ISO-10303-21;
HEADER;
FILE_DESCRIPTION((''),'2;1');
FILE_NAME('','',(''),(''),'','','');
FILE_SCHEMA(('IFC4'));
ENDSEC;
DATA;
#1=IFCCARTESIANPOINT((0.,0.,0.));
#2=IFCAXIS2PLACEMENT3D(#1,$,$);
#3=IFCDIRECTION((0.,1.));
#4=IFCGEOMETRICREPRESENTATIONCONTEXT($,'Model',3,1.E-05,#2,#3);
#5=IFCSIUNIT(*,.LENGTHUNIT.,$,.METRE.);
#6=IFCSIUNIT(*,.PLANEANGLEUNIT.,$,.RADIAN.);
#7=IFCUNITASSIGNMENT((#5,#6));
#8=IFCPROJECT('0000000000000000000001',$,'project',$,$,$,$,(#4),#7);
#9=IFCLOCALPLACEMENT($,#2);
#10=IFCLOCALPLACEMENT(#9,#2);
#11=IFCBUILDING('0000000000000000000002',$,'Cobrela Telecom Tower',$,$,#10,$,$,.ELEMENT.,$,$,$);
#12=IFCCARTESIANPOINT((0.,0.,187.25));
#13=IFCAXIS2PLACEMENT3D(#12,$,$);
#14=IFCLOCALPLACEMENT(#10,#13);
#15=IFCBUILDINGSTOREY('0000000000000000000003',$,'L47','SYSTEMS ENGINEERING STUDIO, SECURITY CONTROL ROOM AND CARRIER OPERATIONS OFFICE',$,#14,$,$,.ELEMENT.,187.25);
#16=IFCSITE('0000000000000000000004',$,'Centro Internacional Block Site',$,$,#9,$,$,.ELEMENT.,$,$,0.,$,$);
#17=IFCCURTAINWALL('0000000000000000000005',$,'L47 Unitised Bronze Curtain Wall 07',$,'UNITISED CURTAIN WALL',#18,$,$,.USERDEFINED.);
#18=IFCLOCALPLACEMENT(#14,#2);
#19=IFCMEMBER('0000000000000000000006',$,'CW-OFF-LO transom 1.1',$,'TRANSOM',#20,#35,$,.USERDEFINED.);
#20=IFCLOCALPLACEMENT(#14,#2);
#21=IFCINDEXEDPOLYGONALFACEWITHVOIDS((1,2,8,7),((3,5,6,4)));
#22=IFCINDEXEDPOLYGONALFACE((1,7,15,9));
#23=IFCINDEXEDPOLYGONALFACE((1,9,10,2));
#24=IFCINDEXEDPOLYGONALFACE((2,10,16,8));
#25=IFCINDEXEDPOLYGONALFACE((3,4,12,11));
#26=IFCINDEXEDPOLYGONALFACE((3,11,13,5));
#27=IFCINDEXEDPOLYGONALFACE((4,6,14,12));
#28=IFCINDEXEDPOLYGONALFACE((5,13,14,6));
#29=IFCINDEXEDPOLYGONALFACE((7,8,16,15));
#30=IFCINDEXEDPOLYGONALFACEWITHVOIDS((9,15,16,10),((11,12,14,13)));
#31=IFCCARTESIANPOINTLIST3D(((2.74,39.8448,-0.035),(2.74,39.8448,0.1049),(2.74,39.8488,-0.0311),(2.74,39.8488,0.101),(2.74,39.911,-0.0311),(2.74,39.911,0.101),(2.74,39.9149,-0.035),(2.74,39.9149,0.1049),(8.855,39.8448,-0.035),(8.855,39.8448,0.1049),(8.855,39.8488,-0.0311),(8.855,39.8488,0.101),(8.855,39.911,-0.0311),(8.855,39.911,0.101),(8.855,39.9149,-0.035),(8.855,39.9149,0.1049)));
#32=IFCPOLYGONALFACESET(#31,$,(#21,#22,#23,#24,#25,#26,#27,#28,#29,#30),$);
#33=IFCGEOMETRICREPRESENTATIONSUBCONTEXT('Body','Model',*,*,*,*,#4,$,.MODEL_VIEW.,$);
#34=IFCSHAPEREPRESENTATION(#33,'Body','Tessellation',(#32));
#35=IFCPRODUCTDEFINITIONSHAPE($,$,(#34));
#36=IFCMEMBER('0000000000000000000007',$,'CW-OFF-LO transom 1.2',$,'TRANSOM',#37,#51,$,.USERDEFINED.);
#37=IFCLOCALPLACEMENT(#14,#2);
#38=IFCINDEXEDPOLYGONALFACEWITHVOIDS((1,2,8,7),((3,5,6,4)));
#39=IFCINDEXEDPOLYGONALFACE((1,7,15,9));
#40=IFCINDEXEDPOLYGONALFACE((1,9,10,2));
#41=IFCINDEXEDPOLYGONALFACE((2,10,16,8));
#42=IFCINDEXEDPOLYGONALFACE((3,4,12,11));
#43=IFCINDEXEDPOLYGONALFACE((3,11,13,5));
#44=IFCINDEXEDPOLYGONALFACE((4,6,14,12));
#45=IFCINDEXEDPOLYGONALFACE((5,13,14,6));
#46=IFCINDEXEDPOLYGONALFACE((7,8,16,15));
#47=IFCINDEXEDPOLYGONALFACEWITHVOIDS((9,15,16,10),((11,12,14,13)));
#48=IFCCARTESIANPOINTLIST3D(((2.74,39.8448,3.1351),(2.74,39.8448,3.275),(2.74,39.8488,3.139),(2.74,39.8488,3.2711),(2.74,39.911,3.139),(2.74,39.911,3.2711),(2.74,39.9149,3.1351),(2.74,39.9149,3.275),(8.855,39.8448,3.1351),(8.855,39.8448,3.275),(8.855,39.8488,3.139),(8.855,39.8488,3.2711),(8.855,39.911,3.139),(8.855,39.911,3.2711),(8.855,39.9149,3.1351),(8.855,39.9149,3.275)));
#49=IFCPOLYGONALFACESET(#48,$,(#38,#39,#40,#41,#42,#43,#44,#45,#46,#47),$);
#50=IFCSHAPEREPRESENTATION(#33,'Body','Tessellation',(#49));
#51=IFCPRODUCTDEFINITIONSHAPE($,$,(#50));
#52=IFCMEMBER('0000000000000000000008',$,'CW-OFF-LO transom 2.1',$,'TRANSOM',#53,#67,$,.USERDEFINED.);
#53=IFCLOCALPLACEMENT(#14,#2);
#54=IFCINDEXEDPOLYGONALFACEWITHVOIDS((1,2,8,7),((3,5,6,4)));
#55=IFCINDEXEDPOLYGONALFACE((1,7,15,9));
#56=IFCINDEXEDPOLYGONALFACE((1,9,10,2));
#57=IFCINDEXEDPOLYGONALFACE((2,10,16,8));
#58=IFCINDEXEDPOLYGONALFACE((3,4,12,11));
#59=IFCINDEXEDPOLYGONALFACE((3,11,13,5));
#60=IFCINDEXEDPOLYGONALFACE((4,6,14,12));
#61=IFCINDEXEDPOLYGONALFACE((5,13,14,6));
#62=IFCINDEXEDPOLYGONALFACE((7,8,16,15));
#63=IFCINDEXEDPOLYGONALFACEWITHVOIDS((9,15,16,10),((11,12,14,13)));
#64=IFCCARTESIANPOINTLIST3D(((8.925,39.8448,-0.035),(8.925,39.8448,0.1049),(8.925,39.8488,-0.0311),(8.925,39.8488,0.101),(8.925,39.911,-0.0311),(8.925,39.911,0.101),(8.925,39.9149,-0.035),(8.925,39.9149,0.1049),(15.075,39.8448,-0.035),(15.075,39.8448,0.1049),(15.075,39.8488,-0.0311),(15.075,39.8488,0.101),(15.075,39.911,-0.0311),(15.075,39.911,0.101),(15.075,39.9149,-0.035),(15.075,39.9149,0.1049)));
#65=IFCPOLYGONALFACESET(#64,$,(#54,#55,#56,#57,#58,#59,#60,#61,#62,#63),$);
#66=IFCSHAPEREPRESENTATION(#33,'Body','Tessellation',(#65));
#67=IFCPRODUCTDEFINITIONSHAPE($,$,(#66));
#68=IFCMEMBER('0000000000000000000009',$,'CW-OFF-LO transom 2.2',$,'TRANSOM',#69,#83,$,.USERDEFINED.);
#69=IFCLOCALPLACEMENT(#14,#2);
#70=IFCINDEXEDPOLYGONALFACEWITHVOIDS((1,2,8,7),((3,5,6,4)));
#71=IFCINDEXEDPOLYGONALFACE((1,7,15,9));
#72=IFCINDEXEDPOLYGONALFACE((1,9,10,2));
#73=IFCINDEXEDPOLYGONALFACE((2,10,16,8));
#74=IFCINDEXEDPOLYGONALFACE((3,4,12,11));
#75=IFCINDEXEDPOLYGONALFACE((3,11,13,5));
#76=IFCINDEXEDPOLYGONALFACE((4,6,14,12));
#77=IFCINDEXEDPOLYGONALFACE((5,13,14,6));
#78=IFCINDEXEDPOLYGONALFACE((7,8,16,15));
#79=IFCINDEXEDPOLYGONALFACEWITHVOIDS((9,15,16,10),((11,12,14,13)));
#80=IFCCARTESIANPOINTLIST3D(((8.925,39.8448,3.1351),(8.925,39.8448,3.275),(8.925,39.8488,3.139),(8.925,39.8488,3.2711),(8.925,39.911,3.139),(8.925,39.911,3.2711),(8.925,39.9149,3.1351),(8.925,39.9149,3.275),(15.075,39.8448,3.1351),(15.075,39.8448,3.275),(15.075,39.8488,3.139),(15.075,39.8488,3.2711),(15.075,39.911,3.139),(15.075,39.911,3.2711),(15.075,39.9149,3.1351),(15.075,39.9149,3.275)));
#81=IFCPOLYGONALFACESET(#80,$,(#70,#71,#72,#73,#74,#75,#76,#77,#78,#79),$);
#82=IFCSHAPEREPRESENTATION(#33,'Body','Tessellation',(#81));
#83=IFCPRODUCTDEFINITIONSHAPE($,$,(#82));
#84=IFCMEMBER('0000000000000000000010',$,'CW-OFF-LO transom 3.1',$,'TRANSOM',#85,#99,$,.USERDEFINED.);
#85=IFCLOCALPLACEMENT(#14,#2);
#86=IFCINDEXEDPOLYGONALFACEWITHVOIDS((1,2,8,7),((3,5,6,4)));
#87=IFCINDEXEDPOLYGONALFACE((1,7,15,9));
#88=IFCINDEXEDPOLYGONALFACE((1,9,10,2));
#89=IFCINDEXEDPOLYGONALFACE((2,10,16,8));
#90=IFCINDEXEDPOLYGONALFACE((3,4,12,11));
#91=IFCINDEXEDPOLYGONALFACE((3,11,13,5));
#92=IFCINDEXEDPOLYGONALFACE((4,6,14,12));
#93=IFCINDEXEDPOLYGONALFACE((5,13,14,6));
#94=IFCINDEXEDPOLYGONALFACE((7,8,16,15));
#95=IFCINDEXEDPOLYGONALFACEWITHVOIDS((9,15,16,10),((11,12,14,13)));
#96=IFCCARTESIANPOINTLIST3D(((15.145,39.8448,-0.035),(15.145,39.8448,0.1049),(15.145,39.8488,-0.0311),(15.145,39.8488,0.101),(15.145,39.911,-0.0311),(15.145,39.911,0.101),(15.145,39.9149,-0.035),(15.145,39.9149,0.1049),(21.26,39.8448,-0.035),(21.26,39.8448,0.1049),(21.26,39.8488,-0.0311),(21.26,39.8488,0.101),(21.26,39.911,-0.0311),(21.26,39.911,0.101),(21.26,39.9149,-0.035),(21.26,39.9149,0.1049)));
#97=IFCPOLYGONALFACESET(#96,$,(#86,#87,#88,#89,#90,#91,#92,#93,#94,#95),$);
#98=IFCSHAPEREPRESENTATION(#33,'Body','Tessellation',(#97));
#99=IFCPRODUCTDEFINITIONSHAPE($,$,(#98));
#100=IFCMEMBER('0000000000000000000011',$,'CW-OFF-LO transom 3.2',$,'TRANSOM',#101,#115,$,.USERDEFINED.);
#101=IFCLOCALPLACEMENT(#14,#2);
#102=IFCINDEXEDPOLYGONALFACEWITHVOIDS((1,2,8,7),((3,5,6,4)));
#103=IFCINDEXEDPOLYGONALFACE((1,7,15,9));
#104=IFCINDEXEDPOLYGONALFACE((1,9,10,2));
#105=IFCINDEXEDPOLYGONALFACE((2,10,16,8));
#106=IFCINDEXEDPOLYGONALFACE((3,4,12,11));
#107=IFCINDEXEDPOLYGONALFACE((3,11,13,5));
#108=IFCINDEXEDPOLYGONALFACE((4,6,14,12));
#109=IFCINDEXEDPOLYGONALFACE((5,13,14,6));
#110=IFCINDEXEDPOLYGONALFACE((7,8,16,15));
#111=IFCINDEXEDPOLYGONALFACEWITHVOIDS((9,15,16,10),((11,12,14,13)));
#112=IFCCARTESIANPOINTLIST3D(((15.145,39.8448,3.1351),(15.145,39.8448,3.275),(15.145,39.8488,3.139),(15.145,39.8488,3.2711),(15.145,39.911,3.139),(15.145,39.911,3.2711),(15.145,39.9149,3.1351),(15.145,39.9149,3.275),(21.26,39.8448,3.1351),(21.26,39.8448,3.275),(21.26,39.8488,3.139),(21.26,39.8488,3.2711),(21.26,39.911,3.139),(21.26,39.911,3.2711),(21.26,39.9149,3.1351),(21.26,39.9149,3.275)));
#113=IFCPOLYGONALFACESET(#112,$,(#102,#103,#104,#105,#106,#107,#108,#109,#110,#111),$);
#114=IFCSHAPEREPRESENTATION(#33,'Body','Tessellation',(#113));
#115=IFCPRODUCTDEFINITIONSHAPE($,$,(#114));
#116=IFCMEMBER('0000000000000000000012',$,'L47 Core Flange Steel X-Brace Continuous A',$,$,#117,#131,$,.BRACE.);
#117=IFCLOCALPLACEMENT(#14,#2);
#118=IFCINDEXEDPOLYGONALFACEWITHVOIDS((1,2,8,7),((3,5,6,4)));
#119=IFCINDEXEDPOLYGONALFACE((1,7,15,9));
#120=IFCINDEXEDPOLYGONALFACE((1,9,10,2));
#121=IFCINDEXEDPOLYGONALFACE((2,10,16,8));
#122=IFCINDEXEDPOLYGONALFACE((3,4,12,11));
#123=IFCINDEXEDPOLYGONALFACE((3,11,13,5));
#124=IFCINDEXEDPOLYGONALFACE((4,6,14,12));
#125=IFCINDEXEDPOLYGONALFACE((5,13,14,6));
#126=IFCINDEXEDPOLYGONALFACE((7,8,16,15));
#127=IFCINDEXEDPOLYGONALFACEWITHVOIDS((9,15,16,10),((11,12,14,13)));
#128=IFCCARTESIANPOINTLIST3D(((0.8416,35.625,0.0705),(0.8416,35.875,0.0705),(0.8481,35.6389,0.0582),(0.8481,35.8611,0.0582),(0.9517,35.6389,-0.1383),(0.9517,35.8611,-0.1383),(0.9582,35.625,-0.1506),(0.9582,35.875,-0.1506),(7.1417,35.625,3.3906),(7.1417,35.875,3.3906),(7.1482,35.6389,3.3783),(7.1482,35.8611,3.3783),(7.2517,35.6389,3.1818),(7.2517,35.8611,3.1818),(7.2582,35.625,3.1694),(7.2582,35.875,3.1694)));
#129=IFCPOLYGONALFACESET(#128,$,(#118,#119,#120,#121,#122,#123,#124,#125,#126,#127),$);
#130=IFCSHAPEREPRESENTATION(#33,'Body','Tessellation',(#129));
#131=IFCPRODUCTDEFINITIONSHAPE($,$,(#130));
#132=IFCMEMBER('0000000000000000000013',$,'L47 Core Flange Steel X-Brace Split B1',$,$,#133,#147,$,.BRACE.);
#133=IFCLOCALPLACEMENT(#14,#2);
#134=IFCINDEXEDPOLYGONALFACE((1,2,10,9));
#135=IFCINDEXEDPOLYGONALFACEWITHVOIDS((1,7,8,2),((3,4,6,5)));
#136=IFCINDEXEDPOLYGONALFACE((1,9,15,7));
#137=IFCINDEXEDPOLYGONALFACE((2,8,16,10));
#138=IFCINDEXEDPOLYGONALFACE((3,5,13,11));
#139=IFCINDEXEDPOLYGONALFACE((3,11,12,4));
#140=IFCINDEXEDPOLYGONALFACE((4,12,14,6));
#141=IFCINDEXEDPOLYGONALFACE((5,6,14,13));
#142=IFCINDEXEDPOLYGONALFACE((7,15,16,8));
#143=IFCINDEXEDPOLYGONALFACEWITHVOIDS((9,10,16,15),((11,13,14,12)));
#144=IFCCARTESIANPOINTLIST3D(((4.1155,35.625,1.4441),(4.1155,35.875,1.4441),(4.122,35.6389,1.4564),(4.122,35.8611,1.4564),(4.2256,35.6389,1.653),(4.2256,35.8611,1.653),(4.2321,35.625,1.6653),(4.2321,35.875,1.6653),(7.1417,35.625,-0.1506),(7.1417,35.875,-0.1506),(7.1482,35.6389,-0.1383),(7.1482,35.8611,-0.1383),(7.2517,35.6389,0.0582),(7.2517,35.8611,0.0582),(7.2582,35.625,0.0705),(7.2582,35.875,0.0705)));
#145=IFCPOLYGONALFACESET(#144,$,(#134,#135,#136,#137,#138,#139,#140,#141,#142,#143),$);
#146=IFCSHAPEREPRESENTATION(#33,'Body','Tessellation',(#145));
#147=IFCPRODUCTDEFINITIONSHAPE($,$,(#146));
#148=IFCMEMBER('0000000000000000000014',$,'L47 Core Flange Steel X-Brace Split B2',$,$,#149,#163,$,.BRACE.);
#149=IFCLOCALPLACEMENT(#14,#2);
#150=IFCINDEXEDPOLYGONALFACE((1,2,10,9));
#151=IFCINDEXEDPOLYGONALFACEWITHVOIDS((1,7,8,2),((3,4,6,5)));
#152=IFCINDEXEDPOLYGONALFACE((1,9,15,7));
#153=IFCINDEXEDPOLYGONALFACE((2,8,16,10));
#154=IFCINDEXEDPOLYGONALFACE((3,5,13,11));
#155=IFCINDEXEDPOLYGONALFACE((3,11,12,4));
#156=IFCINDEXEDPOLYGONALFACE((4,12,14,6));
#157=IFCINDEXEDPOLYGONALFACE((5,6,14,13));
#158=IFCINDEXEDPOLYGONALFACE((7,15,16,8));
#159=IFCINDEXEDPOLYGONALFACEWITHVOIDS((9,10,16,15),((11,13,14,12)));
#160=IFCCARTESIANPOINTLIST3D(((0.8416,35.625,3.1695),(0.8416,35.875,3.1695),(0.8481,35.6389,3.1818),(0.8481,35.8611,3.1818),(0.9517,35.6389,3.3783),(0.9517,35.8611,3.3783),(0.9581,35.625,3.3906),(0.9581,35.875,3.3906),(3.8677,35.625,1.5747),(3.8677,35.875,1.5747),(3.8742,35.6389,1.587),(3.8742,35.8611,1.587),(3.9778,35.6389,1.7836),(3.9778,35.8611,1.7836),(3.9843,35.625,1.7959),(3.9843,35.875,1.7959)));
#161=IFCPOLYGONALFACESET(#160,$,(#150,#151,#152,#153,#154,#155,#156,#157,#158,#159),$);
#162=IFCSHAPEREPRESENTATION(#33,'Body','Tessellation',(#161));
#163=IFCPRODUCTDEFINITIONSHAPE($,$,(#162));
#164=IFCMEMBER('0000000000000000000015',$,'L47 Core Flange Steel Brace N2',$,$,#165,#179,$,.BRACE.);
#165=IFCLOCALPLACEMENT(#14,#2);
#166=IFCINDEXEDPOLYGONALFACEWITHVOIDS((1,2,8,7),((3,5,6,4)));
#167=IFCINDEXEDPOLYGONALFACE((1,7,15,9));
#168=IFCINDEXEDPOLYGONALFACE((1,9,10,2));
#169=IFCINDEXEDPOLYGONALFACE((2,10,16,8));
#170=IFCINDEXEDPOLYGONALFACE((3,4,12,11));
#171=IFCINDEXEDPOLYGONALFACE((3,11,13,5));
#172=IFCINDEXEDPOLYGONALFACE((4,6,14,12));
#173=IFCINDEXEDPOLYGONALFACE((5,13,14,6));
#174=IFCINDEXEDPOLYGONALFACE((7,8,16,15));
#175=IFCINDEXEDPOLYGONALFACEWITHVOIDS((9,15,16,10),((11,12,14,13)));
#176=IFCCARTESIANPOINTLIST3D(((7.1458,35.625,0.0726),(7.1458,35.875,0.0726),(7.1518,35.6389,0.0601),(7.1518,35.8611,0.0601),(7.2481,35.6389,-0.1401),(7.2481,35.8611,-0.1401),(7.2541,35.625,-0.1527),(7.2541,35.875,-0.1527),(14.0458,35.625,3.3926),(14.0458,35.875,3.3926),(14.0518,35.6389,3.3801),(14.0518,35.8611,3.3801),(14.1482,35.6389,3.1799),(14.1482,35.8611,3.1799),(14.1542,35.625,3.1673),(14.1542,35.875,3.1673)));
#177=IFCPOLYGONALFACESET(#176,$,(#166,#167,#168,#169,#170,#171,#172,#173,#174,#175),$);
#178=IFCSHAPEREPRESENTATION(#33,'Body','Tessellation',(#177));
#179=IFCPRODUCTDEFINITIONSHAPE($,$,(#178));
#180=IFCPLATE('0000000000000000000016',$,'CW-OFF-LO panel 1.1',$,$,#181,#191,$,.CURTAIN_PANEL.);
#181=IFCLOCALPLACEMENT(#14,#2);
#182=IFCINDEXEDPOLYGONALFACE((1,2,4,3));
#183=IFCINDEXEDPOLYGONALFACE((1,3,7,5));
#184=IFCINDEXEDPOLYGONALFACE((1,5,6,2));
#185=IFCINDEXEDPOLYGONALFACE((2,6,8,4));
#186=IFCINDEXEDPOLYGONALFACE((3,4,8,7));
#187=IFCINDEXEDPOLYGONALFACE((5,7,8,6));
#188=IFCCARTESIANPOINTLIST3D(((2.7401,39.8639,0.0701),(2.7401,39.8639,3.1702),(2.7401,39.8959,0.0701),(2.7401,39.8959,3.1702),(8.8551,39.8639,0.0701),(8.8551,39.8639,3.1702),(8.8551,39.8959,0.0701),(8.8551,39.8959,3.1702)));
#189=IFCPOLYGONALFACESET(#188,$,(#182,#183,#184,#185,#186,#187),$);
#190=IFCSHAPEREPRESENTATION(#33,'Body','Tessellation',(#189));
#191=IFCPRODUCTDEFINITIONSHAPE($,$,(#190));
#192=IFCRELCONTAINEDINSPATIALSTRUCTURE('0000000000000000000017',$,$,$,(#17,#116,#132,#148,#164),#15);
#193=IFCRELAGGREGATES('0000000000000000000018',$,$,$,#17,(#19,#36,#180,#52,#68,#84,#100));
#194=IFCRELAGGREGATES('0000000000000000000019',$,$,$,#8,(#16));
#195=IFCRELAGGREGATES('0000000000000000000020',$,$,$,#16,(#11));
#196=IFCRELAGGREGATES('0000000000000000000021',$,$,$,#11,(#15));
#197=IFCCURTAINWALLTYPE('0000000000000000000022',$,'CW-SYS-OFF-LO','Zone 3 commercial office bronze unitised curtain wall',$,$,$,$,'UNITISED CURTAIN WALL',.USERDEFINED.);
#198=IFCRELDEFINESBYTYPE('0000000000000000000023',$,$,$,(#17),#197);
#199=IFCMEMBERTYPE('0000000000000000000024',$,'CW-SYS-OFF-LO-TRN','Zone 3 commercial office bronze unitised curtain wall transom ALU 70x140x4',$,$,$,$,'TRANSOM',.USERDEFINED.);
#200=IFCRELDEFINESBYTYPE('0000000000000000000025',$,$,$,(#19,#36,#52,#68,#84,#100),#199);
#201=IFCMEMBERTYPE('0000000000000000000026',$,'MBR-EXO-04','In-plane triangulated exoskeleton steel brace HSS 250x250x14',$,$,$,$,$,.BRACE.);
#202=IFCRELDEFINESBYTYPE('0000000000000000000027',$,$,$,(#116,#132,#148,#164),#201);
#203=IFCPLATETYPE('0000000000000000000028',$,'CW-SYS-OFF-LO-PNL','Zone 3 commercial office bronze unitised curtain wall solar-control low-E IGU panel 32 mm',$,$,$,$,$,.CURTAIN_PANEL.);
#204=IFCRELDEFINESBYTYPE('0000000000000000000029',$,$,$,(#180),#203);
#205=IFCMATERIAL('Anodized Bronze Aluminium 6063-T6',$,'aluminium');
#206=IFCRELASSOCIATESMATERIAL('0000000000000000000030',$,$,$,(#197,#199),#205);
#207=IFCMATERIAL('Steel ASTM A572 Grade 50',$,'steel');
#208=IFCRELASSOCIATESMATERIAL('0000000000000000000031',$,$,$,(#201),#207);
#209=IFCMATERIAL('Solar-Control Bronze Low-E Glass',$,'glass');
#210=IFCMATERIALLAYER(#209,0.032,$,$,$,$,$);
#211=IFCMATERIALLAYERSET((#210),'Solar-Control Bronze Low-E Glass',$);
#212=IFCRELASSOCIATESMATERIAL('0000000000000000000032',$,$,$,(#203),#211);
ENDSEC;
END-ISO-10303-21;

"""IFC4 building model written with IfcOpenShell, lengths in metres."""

from ifc_helpers import new_model, si_unit, direction, frame, origin, origin_2d, place, context, subcontext, project, spatial, rectangle, hollow_rectangle, extrude, material, layer, layer_set, material_profile, profile_set, type_object, element, aggregate, save


model = new_model("IFC4")

# Units and contexts
model_context = context("Model", 3, precision=1e-05, world=origin(), true_north=direction((0.0, 1.0)))
body_context = subcontext(model_context, "Body", "Model", "MODEL_VIEW")
ifc_project = project(units=[si_unit("LENGTHUNIT", "METRE"), si_unit("PLANEANGLEUNIT", "RADIAN")], contexts=[model_context])

# Site, building, storey
site_placement = place(None, origin())
site = spatial("IfcSite", under=ifc_project, at=site_placement, Name="Centro Internacional Block Site", CompositionType="ELEMENT", RefElevation=0.0)
building_placement = place(site_placement, origin())
building = spatial("IfcBuilding", under=site, at=building_placement, Name="Cobrela Telecom Tower", CompositionType="ELEMENT")
storey_placement = place(building_placement, frame((0.0, 0.0, 187.25)))
storey = spatial("IfcBuildingStorey", under=building, at=storey_placement, Name="L47", Description="SYSTEMS ENGINEERING STUDIO, SECURITY CONTROL ROOM AND CARRIER OPERATIONS OFFICE", CompositionType="ELEMENT", Elevation=187.25)

# Shared definitions
ifc_material_1 = material(Name="Steel ASTM A572 Grade 50", Category="steel")

# Curtain wall, members
ifc_material_2 = material(Name="Anodized Bronze Aluminium 6063-T6", Category="aluminium")
curtain_wall_type = type_object("IfcCurtainWallType", Name="CW-SYS-OFF-LO", Description="Zone 3 commercial office bronze unitised curtain wall", ElementType="UNITISED CURTAIN WALL", PredefinedType="USERDEFINED", material=ifc_material_2)
curtain_wall_placement = place(storey_placement, origin())
curtain_wall = element("IfcCurtainWall", 1, at=curtain_wall_placement, inside=storey, type_object=curtain_wall_type, Name="L47 Unitised Bronze Curtain Wall 07", ObjectType="UNITISED CURTAIN WALL", PredefinedType="USERDEFINED")
ifc_material_profile_1 = material_profile(ifc_material_2, hollow_rectangle(XDim=0.0701, YDim=0.1399, WallThickness=0.0039, at=origin_2d()), Name="ALU 70x140x4")
ifc_profile_set_1 = profile_set([ifc_material_profile_1], Name="Anodized Bronze Aluminium 6063-T6")
member_type_1 = type_object("IfcMemberType", Name="CW-SYS-OFF-LO-TRN", Description="Zone 3 commercial office bronze unitised curtain wall transom ALU 70x140x4", ElementType="TRANSOM", PredefinedType="USERDEFINED", material=ifc_profile_set_1)
member_1_placement = place(storey_placement, frame((2.74, 39.8799, 0.0349), z_axis=(1.0, 0.0, 0.0), x_axis=(0.0, 1.0, 0.0)))
member_1 = element("IfcMember", 2, at=member_1_placement, type_object=member_type_1, Name="CW-OFF-LO transom 1.1", ObjectType="TRANSOM", PredefinedType="USERDEFINED", context=body_context, shape_type="SweptSolid", body=[
    extrude(hollow_rectangle(XDim=0.0701, YDim=0.1399, WallThickness=0.0039, at=origin_2d()), origin(), (0.0, 0.0, 1.0), 6.115),
])
member_2_placement = place(storey_placement, frame((2.74, 39.8799, 3.2051), z_axis=(1.0, 0.0, 0.0), x_axis=(0.0, 1.0, 0.0)))
member_2 = element("IfcMember", 3, at=member_2_placement, type_object=member_type_1, Name="CW-OFF-LO transom 1.2", ObjectType="TRANSOM", PredefinedType="USERDEFINED", context=body_context, shape_type="SweptSolid", body=[
    extrude(hollow_rectangle(XDim=0.0701, YDim=0.1399, WallThickness=0.0039, at=origin_2d()), origin(), (0.0, 0.0, 1.0), 6.115),
])
member_3_placement = place(storey_placement, frame((8.925, 39.8799, 0.0349), z_axis=(1.0, 0.0, 0.0), x_axis=(0.0, 1.0, 0.0)))
member_3 = element("IfcMember", 4, at=member_3_placement, type_object=member_type_1, Name="CW-OFF-LO transom 2.1", ObjectType="TRANSOM", PredefinedType="USERDEFINED", context=body_context, shape_type="SweptSolid", body=[
    extrude(hollow_rectangle(XDim=0.0701, YDim=0.1399, WallThickness=0.0039, at=origin_2d()), origin(), (0.0, 0.0, 1.0), 6.1499),
])
member_4_placement = place(storey_placement, frame((8.925, 39.8799, 3.2051), z_axis=(1.0, 0.0, 0.0), x_axis=(0.0, 1.0, 0.0)))
member_4 = element("IfcMember", 5, at=member_4_placement, type_object=member_type_1, Name="CW-OFF-LO transom 2.2", ObjectType="TRANSOM", PredefinedType="USERDEFINED", context=body_context, shape_type="SweptSolid", body=[
    extrude(hollow_rectangle(XDim=0.0701, YDim=0.1399, WallThickness=0.0039, at=origin_2d()), origin(), (0.0, 0.0, 1.0), 6.1499),
])
member_5_placement = place(storey_placement, frame((15.145, 39.8799, 0.0349), z_axis=(1.0, 0.0, 0.0), x_axis=(0.0, 1.0, 0.0)))
member_5 = element("IfcMember", 6, at=member_5_placement, type_object=member_type_1, Name="CW-OFF-LO transom 3.1", ObjectType="TRANSOM", PredefinedType="USERDEFINED", context=body_context, shape_type="SweptSolid", body=[
    extrude(hollow_rectangle(XDim=0.0701, YDim=0.1399, WallThickness=0.0039, at=origin_2d()), origin(), (0.0, 0.0, 1.0), 6.115),
])
member_6_placement = place(storey_placement, frame((15.145, 39.8799, 3.2051), z_axis=(1.0, 0.0, 0.0), x_axis=(0.0, 1.0, 0.0)))
member_6 = element("IfcMember", 7, at=member_6_placement, type_object=member_type_1, Name="CW-OFF-LO transom 3.2", ObjectType="TRANSOM", PredefinedType="USERDEFINED", context=body_context, shape_type="SweptSolid", body=[
    extrude(hollow_rectangle(XDim=0.0701, YDim=0.1399, WallThickness=0.0039, at=origin_2d()), origin(), (0.0, 0.0, 1.0), 6.115),
])

# Members
ifc_material_profile_2 = material_profile(ifc_material_1, hollow_rectangle(XDim=0.25, YDim=0.25, WallThickness=0.0139, at=origin_2d()), Name="HSS 250x250x14")
ifc_profile_set_2 = profile_set([ifc_material_profile_2], Name="Steel ASTM A572 Grade 50")
member_type_2 = type_object("IfcMemberType", Name="MBR-EXO-04", Description="In-plane triangulated exoskeleton steel brace HSS 250x250x14", PredefinedType="BRACE", material=ifc_profile_set_2)
member_7_placement = place(storey_placement, frame((0.8999, 35.75, -0.04), z_axis=(0.884672, 0.0, 0.466214), x_axis=(0.0, 1.0, 0.0)))
element("IfcMember", 8, at=member_7_placement, inside=storey, type_object=member_type_2, Name="L47 Core Flange Steel X-Brace Continuous A", PredefinedType="BRACE", context=body_context, shape_type="SweptSolid", body=[
    extrude(hollow_rectangle(XDim=0.25, YDim=0.25, WallThickness=0.0139, at=origin_2d()), origin(), (0.0, 0.0, 1.0), 7.1213),
])
for number, where, z_axis, x_axis, name in (
    (9, (7.2, 35.75, -0.04), (-0.884673, 0.0, 0.466211), (0.0, -1.0, 0.0), "L47 Core Flange Steel X-Brace Split B1"),
    (10, (3.926, 35.75, 1.6853), (-0.884673, 0.0, 0.466211), (0.0, -1.0, 0.0), "L47 Core Flange Steel X-Brace Split B2"),
):
    element("IfcMember", number, at=place(storey_placement, frame(where, z_axis=z_axis, x_axis=x_axis)), inside=storey, type_object=member_type_2, Name=name, PredefinedType="BRACE", context=body_context, shape_type="SweptSolid", body=[
        extrude(hollow_rectangle(XDim=0.25, YDim=0.25, WallThickness=0.0139, at=origin_2d()), origin(), (0.0, 0.0, 1.0), 3.4207),
    ])
member_8_placement = place(storey_placement, frame((7.2, 35.75, -0.04), z_axis=(0.901115, 0.0, 0.43358), x_axis=(0.0, 1.0, 0.0)))
element("IfcMember", 11, at=member_8_placement, inside=storey, type_object=member_type_2, Name="L47 Core Flange Steel Brace N2", PredefinedType="BRACE", context=body_context, shape_type="SweptSolid", body=[
    extrude(hollow_rectangle(XDim=0.25, YDim=0.25, WallThickness=0.0139, at=origin_2d()), origin(), (0.0, 0.0, 1.0), 7.6572),
])

# Plate
ifc_material_3 = material(Name="Solar-Control Bronze Low-E Glass", Category="glass")
ifc_layer_1 = layer(ifc_material_3, 0.032)
ifc_layer_set_1 = layer_set([ifc_layer_1], Name="Solar-Control Bronze Low-E Glass")
plate_type_1 = type_object("IfcPlateType", Name="CW-SYS-OFF-LO-PNL", Description="Zone 3 commercial office bronze unitised curtain wall solar-control low-E IGU panel 32 mm", PredefinedType="CURTAIN_PANEL", material=ifc_layer_set_1)
plate_1_placement = place(storey_placement, frame((5.7976, 39.8799, 0.0701), z_axis=(0.0, 0.0, 1.0), x_axis=(1.0, 0.0, 0.0)))
plate_1 = element("IfcPlate", 12, at=plate_1_placement, type_object=plate_type_1, Name="CW-OFF-LO panel 1.1", PredefinedType="CURTAIN_PANEL", context=body_context, shape_type="SweptSolid", body=[
    extrude(rectangle(XDim=6.115, YDim=0.032, at=origin_2d()), origin(), (0.0, 0.0, 1.0), 3.1001),
])
aggregate(curtain_wall, [member_1, member_2, plate_1, member_3, member_4, member_5, member_6])

save(model, "model.ifc")
